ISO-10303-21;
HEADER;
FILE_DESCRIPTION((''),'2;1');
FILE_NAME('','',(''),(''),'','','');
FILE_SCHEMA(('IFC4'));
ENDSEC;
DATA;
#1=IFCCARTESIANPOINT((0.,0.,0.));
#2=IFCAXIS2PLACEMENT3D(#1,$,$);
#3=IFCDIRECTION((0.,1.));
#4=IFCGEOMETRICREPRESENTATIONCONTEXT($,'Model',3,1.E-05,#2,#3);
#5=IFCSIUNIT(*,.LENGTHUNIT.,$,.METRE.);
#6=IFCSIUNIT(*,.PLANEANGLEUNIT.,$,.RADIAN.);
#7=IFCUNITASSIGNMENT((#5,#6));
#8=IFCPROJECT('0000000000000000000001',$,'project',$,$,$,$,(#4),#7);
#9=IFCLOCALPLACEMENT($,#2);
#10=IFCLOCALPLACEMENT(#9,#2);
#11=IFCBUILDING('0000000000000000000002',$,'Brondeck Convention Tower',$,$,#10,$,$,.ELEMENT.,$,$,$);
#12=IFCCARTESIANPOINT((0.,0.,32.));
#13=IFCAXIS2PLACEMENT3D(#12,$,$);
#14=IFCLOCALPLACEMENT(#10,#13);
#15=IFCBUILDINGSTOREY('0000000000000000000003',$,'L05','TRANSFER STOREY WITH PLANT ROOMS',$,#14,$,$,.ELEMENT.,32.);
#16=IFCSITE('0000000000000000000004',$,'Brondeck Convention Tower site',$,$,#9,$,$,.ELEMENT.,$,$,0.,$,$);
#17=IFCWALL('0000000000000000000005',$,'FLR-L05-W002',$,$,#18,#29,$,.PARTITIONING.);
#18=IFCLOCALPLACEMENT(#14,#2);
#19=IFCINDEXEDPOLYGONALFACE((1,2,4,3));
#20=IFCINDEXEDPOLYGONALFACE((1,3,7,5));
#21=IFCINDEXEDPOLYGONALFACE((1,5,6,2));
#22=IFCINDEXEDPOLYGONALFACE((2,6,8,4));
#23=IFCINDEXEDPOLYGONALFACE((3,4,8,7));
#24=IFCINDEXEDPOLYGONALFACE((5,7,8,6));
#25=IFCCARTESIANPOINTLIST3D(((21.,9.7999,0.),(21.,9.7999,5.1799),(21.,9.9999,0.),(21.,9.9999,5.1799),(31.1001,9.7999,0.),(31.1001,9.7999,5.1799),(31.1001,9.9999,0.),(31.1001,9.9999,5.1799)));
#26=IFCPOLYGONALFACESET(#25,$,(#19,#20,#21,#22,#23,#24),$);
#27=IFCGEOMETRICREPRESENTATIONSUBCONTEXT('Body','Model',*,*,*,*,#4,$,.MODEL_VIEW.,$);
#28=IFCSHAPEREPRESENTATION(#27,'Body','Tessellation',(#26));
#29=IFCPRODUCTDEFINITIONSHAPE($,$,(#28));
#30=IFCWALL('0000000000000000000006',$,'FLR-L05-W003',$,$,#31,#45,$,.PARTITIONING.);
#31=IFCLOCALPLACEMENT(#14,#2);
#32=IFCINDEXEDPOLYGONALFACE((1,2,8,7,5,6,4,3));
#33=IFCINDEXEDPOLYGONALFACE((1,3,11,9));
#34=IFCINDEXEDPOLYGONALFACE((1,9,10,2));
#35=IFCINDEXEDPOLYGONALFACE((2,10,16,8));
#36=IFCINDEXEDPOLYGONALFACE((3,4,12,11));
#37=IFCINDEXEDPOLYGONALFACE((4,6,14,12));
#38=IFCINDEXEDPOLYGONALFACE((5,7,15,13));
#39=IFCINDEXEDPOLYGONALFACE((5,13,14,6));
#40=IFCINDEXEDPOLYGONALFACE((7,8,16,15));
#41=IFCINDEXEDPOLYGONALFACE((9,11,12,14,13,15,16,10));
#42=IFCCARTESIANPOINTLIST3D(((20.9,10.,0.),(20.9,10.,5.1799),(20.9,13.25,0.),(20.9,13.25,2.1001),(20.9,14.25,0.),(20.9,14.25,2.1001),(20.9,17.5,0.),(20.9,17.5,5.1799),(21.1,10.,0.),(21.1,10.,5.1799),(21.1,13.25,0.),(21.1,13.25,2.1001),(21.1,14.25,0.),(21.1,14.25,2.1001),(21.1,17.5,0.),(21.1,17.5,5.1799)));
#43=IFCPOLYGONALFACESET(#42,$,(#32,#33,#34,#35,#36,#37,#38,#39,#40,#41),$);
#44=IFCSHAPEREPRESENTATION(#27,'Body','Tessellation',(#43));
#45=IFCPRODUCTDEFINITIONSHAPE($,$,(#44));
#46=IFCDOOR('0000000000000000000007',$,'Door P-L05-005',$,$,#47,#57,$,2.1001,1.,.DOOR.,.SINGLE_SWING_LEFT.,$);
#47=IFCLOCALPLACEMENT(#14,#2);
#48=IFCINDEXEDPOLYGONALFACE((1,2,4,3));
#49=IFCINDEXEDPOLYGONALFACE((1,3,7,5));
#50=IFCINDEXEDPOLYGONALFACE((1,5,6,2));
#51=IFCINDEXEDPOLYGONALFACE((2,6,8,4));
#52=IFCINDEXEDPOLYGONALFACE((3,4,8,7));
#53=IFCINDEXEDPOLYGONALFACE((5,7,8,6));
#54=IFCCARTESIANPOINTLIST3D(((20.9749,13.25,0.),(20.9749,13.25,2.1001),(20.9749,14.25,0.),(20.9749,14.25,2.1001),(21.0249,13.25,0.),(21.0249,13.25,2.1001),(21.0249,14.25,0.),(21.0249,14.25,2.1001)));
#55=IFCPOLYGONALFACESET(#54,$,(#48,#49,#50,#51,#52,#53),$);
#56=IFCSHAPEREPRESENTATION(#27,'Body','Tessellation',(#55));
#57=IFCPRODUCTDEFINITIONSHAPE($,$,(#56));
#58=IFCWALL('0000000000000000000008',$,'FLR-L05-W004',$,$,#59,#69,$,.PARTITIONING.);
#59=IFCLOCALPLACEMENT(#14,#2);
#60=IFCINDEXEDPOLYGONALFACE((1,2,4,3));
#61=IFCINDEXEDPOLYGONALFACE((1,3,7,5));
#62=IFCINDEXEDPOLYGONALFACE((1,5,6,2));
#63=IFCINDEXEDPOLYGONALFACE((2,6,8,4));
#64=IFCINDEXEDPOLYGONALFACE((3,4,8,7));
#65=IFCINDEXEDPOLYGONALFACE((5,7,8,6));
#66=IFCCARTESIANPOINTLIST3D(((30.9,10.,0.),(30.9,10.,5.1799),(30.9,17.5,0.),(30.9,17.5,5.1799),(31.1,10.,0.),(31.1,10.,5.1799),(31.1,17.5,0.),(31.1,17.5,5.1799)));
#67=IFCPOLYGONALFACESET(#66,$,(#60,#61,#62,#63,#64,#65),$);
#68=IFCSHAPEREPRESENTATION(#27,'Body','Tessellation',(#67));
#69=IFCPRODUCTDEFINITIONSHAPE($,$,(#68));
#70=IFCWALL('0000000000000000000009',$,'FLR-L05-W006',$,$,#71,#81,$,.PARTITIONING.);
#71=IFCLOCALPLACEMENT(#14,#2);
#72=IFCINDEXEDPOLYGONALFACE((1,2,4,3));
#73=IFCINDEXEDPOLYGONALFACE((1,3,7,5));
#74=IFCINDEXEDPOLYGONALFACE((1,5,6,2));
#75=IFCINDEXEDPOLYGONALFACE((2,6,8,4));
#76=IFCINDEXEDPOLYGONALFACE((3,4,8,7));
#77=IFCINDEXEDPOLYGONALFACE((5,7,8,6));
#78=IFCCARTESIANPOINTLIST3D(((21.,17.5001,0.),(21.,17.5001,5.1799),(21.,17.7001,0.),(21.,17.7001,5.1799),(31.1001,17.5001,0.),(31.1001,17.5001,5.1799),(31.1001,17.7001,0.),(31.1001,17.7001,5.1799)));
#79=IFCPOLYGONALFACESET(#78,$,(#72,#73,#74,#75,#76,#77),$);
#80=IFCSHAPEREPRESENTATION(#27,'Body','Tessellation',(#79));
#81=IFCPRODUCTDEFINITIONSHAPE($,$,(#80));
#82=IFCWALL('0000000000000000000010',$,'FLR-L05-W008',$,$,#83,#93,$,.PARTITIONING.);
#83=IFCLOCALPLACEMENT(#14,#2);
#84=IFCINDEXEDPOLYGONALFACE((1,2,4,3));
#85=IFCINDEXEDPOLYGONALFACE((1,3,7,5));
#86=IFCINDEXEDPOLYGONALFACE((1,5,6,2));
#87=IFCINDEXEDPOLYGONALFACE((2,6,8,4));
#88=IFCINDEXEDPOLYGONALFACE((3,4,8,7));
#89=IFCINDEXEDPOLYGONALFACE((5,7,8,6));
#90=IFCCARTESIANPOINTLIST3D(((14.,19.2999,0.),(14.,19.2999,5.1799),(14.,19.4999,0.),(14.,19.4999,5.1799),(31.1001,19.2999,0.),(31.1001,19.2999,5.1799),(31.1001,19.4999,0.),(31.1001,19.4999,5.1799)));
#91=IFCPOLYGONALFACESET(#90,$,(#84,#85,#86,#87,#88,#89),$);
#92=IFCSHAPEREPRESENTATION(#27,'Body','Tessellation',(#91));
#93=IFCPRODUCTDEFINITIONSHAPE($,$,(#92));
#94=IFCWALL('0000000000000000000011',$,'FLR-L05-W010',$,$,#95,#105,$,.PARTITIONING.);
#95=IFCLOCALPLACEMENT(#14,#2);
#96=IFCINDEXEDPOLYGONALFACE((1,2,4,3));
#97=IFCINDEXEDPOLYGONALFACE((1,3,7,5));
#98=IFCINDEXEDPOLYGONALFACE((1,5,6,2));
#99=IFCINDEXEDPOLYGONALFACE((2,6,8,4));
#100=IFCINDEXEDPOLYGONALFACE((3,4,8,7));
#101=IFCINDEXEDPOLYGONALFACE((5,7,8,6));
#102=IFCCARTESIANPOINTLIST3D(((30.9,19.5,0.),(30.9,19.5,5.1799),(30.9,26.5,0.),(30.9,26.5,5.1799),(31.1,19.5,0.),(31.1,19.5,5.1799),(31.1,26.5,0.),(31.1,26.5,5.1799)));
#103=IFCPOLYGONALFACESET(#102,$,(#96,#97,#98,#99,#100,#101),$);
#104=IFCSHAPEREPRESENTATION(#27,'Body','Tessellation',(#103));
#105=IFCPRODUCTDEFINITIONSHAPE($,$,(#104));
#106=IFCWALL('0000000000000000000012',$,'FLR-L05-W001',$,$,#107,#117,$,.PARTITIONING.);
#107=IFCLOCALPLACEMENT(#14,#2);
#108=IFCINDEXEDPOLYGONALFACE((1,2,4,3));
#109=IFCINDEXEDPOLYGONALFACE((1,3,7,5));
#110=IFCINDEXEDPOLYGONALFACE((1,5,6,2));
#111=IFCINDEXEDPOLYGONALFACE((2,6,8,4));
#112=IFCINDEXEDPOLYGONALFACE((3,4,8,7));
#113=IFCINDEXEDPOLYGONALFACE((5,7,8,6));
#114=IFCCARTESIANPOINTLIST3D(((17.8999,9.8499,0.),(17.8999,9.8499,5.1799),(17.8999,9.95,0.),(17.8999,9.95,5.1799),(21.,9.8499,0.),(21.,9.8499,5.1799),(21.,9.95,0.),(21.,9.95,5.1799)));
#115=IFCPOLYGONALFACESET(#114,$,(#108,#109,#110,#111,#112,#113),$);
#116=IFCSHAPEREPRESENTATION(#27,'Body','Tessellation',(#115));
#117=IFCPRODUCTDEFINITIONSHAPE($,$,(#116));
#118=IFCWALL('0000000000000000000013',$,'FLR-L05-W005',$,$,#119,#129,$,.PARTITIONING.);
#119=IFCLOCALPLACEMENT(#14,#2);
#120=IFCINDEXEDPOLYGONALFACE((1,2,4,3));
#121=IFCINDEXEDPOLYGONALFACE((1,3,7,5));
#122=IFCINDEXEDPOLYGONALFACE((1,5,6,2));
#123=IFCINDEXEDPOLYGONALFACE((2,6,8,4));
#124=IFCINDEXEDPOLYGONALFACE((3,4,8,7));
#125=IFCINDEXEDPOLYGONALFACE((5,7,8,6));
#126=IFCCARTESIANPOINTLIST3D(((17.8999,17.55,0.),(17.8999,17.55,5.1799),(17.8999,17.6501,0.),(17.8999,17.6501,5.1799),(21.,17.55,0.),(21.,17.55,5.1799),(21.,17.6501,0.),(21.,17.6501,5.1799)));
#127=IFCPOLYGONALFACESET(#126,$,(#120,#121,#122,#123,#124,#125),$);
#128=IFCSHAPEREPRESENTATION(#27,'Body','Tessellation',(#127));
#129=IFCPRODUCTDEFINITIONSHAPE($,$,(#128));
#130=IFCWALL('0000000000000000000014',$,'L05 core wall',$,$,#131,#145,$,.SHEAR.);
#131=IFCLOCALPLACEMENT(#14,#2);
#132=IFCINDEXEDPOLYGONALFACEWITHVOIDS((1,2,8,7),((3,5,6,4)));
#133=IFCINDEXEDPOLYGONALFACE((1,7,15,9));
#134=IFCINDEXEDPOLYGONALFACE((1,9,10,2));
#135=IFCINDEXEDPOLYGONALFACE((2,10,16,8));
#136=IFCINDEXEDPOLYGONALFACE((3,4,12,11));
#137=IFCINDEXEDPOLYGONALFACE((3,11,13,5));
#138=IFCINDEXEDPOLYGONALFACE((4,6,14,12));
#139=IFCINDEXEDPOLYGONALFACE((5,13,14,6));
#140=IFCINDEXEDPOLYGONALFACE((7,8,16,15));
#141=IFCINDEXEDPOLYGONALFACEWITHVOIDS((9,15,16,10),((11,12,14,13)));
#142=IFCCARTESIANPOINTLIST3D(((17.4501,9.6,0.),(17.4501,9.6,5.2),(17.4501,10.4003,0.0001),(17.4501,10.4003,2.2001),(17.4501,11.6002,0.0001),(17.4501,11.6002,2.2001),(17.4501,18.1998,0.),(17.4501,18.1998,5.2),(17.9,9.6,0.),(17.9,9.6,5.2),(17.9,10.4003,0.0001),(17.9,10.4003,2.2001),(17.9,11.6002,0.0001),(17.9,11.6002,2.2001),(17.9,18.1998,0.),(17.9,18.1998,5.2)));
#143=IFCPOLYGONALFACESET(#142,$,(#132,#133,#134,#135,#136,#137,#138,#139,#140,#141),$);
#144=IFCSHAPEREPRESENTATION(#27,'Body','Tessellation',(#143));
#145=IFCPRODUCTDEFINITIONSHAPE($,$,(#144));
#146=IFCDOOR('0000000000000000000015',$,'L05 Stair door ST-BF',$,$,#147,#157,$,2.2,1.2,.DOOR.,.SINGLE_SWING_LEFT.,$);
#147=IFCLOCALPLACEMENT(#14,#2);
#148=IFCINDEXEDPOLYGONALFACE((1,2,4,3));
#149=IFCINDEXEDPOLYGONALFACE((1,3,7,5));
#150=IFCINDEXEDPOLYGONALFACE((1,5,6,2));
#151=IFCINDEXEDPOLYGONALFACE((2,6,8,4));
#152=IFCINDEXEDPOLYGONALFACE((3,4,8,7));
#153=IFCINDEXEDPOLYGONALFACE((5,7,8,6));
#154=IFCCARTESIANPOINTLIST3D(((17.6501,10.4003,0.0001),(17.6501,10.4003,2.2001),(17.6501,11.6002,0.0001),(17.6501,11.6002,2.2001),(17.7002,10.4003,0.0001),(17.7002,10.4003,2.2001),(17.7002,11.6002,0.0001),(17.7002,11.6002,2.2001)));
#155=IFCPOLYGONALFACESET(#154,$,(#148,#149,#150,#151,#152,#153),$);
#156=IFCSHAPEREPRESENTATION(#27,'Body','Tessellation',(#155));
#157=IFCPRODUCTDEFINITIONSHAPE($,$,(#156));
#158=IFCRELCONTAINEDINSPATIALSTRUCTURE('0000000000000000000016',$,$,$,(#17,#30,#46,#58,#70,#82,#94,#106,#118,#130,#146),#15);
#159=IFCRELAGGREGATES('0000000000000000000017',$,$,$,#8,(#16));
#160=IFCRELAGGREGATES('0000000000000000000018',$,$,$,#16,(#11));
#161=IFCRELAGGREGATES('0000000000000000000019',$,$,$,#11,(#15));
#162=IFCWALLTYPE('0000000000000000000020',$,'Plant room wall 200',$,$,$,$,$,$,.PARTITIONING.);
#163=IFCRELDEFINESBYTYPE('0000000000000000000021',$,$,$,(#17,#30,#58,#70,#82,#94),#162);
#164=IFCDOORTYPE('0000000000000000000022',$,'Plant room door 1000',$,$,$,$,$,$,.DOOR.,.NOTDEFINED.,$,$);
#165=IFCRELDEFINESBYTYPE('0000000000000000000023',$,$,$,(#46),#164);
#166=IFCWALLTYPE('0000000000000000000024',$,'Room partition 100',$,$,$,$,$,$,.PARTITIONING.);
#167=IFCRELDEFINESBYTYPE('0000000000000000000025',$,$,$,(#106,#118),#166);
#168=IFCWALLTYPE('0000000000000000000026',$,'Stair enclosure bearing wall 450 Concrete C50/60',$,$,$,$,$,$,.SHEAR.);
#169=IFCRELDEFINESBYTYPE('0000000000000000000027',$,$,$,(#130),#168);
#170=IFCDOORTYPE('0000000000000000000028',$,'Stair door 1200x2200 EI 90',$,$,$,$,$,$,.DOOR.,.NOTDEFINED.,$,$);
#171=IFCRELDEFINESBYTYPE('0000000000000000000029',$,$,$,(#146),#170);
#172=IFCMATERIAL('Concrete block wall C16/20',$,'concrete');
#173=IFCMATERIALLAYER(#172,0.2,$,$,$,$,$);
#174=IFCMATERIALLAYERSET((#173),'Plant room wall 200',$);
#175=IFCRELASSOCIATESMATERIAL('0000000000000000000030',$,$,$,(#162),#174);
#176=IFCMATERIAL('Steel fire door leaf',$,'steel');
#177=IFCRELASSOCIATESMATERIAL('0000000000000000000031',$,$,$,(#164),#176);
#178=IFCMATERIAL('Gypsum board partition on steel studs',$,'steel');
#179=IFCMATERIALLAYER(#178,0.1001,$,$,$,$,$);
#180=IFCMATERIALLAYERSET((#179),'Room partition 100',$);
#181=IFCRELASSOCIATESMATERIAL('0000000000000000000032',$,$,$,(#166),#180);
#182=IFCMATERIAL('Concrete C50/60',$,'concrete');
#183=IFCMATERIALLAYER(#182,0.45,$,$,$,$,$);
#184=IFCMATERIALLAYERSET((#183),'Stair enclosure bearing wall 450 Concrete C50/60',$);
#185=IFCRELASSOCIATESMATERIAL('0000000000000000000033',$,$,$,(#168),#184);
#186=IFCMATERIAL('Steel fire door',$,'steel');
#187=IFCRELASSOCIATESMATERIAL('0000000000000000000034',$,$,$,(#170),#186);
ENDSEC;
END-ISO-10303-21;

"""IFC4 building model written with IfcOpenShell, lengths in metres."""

from ifc_helpers import new_model, si_unit, direction, frame, frame_2d, origin, place, context, subcontext, project, spatial, rectangle, extrude, material, layer, layer_set, type_object, element, fill, save


model = new_model("IFC4")

# Units and contexts
model_context = context("Model", 3, precision=1e-05, world=origin(), true_north=direction((0.0, 1.0)))
body_context = subcontext(model_context, "Body", "Model", "MODEL_VIEW")
ifc_project = project(units=[si_unit("LENGTHUNIT", "METRE"), si_unit("PLANEANGLEUNIT", "RADIAN")], contexts=[model_context])

# Site, building, storey
site_placement = place(None, origin())
site = spatial("IfcSite", under=ifc_project, at=site_placement, Name="Brondeck Convention Tower site", CompositionType="ELEMENT", RefElevation=0.0)
building_placement = place(site_placement, origin())
building = spatial("IfcBuilding", under=site, at=building_placement, Name="Brondeck Convention Tower", CompositionType="ELEMENT")
storey_placement = place(building_placement, frame((0.0, 0.0, 32.0)))
storey = spatial("IfcBuildingStorey", under=building, at=storey_placement, Name="L05", Description="TRANSFER STOREY WITH PLANT ROOMS", CompositionType="ELEMENT", Elevation=32.0)

# Wall
ifc_material_1 = material(Name="Concrete block wall C16/20", Category="concrete")
ifc_layer_1 = layer(ifc_material_1, 0.2)
ifc_layer_set_1 = layer_set([ifc_layer_1], Name="Plant room wall 200")
wall_type_1 = type_object("IfcWallType", Name="Plant room wall 200", PredefinedType="PARTITIONING", material=ifc_layer_set_1)
wall_1_placement = place(storey_placement, frame((31.1001, 9.8999, 0.0), z_axis=(0.0, 0.0, 1.0), x_axis=(-1.0, 0.0, 0.0)))
element("IfcWall", 1, at=wall_1_placement, inside=storey, type_object=wall_type_1, Name="FLR-L05-W002", PredefinedType="PARTITIONING", context=body_context, shape_type="SweptSolid", body=[
    extrude(rectangle(XDim=10.1001, YDim=0.2, at=frame_2d((5.05, 0.0))), origin(), (0.0, 0.0, 1.0), 5.1799),
])

# Wall, opening, door
wall_2_placement = place(storey_placement, frame((21.0, 17.5, 0.0), z_axis=(0.0, 0.0, 1.0), x_axis=(0.0, -1.0, 0.0)))
wall_2 = element("IfcWall", 2, at=wall_2_placement, inside=storey, type_object=wall_type_1, Name="FLR-L05-W003", PredefinedType="PARTITIONING", context=body_context, shape_type="SweptSolid", body=[
    extrude(rectangle(XDim=7.5, YDim=0.2, at=frame_2d((3.75, 0.0))), origin(), (0.0, 0.0, 1.0), 5.1799),
])
opening_1_placement = place(wall_2_placement, frame((3.25, 0.0, 0.0)))
opening_1 = element("IfcOpeningElement", 3, at=opening_1_placement, cuts=wall_2, PredefinedType="OPENING", context=body_context, shape_type="SweptSolid", body=[
    extrude(rectangle(XDim=1.0, YDim=2.1001, at=frame_2d((0.5, 1.05))), frame((0.0, 0.1099, 0.0), z_axis=(0.0, -1.0, 0.0), x_axis=(1.0, 0.0, 0.0)), (0.0, 0.0, 1.0), 0.22),
])
ifc_material_2 = material(Name="Steel fire door leaf", Category="steel")
door_type_1 = type_object("IfcDoorType", Name="Plant room door 1000", OperationType="NOTDEFINED", PredefinedType="DOOR", material=ifc_material_2)
door_1_placement = place(opening_1_placement, origin())
door_1 = element("IfcDoor", 4, at=door_1_placement, inside=storey, type_object=door_type_1, Name="Door P-L05-005", OperationType="SINGLE_SWING_LEFT", OverallHeight=2.1001, OverallWidth=1.0, PredefinedType="DOOR", context=body_context, shape_type="SweptSolid", body=[
    extrude(rectangle(XDim=1.0, YDim=2.1001, at=frame_2d((0.5, 1.05))), frame((0.0, 0.0249, 0.0), z_axis=(0.0, -1.0, 0.0), x_axis=(1.0, 0.0, 0.0)), (0.0, 0.0, 1.0), 0.05),
])
fill(opening_1, door_1)

# Walls
wall_3_placement = place(storey_placement, frame((31.0, 17.5, 0.0), z_axis=(0.0, 0.0, 1.0), x_axis=(0.0, -1.0, 0.0)))
element("IfcWall", 5, at=wall_3_placement, inside=storey, type_object=wall_type_1, Name="FLR-L05-W004", PredefinedType="PARTITIONING", context=body_context, shape_type="SweptSolid", body=[
    extrude(rectangle(XDim=7.5, YDim=0.2, at=frame_2d((3.75, 0.0))), origin(), (0.0, 0.0, 1.0), 5.1799),
])
wall_4_placement = place(storey_placement, frame((21.0, 17.6001, 0.0), z_axis=(0.0, 0.0, 1.0), x_axis=(1.0, 0.0, 0.0)))
element("IfcWall", 6, at=wall_4_placement, inside=storey, type_object=wall_type_1, Name="FLR-L05-W006", PredefinedType="PARTITIONING", context=body_context, shape_type="SweptSolid", body=[
    extrude(rectangle(XDim=10.1001, YDim=0.2, at=frame_2d((5.05, 0.0))), origin(), (0.0, 0.0, 1.0), 5.1799),
])
wall_5_placement = place(storey_placement, frame((31.1001, 19.3999, 0.0), z_axis=(0.0, 0.0, 1.0), x_axis=(-1.0, 0.0, 0.0)))
element("IfcWall", 7, at=wall_5_placement, inside=storey, type_object=wall_type_1, Name="FLR-L05-W008", PredefinedType="PARTITIONING", context=body_context, shape_type="SweptSolid", body=[
    extrude(rectangle(XDim=17.1001, YDim=0.2, at=frame_2d((8.55, 0.0))), origin(), (0.0, 0.0, 1.0), 5.1799),
])
wall_6_placement = place(storey_placement, frame((31.0, 26.5, 0.0), z_axis=(0.0, 0.0, 1.0), x_axis=(0.0, -1.0, 0.0)))
element("IfcWall", 8, at=wall_6_placement, inside=storey, type_object=wall_type_1, Name="FLR-L05-W010", PredefinedType="PARTITIONING", context=body_context, shape_type="SweptSolid", body=[
    extrude(rectangle(XDim=7.0, YDim=0.2, at=frame_2d((3.5, 0.0))), origin(), (0.0, 0.0, 1.0), 5.1799),
])
ifc_material_3 = material(Name="Gypsum board partition on steel studs", Category="steel")
ifc_layer_2 = layer(ifc_material_3, 0.1001)
ifc_layer_set_2 = layer_set([ifc_layer_2], Name="Room partition 100")
wall_type_2 = type_object("IfcWallType", Name="Room partition 100", PredefinedType="PARTITIONING", material=ifc_layer_set_2)
for number, where, z_axis, x_axis, name in (
    (9, (21.0, 9.8999, 0.0), (0.0, 0.0, 1.0), (-1.0, 0.0, 0.0), "FLR-L05-W001"),
    (10, (17.8999, 17.6001, 0.0), (0.0, 0.0, 1.0), (1.0, 0.0, 0.0), "FLR-L05-W005"),
):
    element("IfcWall", number, at=place(storey_placement, frame(where, z_axis=z_axis, x_axis=x_axis)), inside=storey, type_object=wall_type_2, Name=name, PredefinedType="PARTITIONING", context=body_context, shape_type="SweptSolid", body=[
        extrude(rectangle(XDim=3.1001, YDim=0.1001, at=frame_2d((1.55, 0.0))), origin(), (0.0, 0.0, 1.0), 5.1799),
    ])

# Wall, opening, door
ifc_material_4 = material(Name="Concrete C50/60", Category="concrete")
ifc_layer_3 = layer(ifc_material_4, 0.45)
ifc_layer_set_3 = layer_set([ifc_layer_3], Name="Stair enclosure bearing wall 450 Concrete C50/60")
wall_type_3 = type_object("IfcWallType", Name="Stair enclosure bearing wall 450 Concrete C50/60", PredefinedType="SHEAR", material=ifc_layer_set_3)
wall_7_placement = place(storey_placement, frame((17.675, 9.6001, 0.0), z_axis=(0.0, 0.0, 1.0), x_axis=(0.0, 1.0, 0.0)))
wall_7 = element("IfcWall", 11, at=wall_7_placement, inside=storey, type_object=wall_type_3, Name="L05 core wall", PredefinedType="SHEAR", context=body_context, shape_type="SweptSolid", body=[
    extrude(rectangle(XDim=8.5999, YDim=0.45, at=frame_2d((4.2998, 0.0))), origin(), (0.0, 0.0, 1.0), 5.2),
])
opening_2_placement = place(wall_7_placement, frame((0.8, 0.0, 0.0)))
opening_2 = element("IfcOpeningElement", 12, at=opening_2_placement, cuts=wall_7, PredefinedType="OPENING", context=body_context, shape_type="SweptSolid", body=[
    extrude(rectangle(XDim=1.2, YDim=2.2, at=frame_2d((0.6001, 1.1001))), frame((0.0, 0.2349, 0.0), z_axis=(0.0, -1.0, 0.0), x_axis=(1.0, 0.0, 0.0)), (0.0, 0.0, 1.0), 0.47),
])
ifc_material_5 = material(Name="Steel fire door", Category="steel")
door_type_2 = type_object("IfcDoorType", Name="Stair door 1200x2200 EI 90", OperationType="NOTDEFINED", PredefinedType="DOOR", material=ifc_material_5)
door_2_placement = place(opening_2_placement, origin())
door_2 = element("IfcDoor", 13, at=door_2_placement, inside=storey, type_object=door_type_2, Name="L05 Stair door ST-BF", OperationType="SINGLE_SWING_LEFT", OverallHeight=2.2, OverallWidth=1.2, PredefinedType="DOOR", context=body_context, shape_type="SweptSolid", body=[
    extrude(rectangle(XDim=1.2, YDim=2.2, at=frame_2d((0.6001, 1.1001))), frame((0.0, 0.0249, 0.0), z_axis=(0.0, -1.0, 0.0), x_axis=(1.0, 0.0, 0.0)), (0.0, 0.0, 1.0), 0.05),
])
fill(opening_2, door_2)

save(model, "model.ifc")
